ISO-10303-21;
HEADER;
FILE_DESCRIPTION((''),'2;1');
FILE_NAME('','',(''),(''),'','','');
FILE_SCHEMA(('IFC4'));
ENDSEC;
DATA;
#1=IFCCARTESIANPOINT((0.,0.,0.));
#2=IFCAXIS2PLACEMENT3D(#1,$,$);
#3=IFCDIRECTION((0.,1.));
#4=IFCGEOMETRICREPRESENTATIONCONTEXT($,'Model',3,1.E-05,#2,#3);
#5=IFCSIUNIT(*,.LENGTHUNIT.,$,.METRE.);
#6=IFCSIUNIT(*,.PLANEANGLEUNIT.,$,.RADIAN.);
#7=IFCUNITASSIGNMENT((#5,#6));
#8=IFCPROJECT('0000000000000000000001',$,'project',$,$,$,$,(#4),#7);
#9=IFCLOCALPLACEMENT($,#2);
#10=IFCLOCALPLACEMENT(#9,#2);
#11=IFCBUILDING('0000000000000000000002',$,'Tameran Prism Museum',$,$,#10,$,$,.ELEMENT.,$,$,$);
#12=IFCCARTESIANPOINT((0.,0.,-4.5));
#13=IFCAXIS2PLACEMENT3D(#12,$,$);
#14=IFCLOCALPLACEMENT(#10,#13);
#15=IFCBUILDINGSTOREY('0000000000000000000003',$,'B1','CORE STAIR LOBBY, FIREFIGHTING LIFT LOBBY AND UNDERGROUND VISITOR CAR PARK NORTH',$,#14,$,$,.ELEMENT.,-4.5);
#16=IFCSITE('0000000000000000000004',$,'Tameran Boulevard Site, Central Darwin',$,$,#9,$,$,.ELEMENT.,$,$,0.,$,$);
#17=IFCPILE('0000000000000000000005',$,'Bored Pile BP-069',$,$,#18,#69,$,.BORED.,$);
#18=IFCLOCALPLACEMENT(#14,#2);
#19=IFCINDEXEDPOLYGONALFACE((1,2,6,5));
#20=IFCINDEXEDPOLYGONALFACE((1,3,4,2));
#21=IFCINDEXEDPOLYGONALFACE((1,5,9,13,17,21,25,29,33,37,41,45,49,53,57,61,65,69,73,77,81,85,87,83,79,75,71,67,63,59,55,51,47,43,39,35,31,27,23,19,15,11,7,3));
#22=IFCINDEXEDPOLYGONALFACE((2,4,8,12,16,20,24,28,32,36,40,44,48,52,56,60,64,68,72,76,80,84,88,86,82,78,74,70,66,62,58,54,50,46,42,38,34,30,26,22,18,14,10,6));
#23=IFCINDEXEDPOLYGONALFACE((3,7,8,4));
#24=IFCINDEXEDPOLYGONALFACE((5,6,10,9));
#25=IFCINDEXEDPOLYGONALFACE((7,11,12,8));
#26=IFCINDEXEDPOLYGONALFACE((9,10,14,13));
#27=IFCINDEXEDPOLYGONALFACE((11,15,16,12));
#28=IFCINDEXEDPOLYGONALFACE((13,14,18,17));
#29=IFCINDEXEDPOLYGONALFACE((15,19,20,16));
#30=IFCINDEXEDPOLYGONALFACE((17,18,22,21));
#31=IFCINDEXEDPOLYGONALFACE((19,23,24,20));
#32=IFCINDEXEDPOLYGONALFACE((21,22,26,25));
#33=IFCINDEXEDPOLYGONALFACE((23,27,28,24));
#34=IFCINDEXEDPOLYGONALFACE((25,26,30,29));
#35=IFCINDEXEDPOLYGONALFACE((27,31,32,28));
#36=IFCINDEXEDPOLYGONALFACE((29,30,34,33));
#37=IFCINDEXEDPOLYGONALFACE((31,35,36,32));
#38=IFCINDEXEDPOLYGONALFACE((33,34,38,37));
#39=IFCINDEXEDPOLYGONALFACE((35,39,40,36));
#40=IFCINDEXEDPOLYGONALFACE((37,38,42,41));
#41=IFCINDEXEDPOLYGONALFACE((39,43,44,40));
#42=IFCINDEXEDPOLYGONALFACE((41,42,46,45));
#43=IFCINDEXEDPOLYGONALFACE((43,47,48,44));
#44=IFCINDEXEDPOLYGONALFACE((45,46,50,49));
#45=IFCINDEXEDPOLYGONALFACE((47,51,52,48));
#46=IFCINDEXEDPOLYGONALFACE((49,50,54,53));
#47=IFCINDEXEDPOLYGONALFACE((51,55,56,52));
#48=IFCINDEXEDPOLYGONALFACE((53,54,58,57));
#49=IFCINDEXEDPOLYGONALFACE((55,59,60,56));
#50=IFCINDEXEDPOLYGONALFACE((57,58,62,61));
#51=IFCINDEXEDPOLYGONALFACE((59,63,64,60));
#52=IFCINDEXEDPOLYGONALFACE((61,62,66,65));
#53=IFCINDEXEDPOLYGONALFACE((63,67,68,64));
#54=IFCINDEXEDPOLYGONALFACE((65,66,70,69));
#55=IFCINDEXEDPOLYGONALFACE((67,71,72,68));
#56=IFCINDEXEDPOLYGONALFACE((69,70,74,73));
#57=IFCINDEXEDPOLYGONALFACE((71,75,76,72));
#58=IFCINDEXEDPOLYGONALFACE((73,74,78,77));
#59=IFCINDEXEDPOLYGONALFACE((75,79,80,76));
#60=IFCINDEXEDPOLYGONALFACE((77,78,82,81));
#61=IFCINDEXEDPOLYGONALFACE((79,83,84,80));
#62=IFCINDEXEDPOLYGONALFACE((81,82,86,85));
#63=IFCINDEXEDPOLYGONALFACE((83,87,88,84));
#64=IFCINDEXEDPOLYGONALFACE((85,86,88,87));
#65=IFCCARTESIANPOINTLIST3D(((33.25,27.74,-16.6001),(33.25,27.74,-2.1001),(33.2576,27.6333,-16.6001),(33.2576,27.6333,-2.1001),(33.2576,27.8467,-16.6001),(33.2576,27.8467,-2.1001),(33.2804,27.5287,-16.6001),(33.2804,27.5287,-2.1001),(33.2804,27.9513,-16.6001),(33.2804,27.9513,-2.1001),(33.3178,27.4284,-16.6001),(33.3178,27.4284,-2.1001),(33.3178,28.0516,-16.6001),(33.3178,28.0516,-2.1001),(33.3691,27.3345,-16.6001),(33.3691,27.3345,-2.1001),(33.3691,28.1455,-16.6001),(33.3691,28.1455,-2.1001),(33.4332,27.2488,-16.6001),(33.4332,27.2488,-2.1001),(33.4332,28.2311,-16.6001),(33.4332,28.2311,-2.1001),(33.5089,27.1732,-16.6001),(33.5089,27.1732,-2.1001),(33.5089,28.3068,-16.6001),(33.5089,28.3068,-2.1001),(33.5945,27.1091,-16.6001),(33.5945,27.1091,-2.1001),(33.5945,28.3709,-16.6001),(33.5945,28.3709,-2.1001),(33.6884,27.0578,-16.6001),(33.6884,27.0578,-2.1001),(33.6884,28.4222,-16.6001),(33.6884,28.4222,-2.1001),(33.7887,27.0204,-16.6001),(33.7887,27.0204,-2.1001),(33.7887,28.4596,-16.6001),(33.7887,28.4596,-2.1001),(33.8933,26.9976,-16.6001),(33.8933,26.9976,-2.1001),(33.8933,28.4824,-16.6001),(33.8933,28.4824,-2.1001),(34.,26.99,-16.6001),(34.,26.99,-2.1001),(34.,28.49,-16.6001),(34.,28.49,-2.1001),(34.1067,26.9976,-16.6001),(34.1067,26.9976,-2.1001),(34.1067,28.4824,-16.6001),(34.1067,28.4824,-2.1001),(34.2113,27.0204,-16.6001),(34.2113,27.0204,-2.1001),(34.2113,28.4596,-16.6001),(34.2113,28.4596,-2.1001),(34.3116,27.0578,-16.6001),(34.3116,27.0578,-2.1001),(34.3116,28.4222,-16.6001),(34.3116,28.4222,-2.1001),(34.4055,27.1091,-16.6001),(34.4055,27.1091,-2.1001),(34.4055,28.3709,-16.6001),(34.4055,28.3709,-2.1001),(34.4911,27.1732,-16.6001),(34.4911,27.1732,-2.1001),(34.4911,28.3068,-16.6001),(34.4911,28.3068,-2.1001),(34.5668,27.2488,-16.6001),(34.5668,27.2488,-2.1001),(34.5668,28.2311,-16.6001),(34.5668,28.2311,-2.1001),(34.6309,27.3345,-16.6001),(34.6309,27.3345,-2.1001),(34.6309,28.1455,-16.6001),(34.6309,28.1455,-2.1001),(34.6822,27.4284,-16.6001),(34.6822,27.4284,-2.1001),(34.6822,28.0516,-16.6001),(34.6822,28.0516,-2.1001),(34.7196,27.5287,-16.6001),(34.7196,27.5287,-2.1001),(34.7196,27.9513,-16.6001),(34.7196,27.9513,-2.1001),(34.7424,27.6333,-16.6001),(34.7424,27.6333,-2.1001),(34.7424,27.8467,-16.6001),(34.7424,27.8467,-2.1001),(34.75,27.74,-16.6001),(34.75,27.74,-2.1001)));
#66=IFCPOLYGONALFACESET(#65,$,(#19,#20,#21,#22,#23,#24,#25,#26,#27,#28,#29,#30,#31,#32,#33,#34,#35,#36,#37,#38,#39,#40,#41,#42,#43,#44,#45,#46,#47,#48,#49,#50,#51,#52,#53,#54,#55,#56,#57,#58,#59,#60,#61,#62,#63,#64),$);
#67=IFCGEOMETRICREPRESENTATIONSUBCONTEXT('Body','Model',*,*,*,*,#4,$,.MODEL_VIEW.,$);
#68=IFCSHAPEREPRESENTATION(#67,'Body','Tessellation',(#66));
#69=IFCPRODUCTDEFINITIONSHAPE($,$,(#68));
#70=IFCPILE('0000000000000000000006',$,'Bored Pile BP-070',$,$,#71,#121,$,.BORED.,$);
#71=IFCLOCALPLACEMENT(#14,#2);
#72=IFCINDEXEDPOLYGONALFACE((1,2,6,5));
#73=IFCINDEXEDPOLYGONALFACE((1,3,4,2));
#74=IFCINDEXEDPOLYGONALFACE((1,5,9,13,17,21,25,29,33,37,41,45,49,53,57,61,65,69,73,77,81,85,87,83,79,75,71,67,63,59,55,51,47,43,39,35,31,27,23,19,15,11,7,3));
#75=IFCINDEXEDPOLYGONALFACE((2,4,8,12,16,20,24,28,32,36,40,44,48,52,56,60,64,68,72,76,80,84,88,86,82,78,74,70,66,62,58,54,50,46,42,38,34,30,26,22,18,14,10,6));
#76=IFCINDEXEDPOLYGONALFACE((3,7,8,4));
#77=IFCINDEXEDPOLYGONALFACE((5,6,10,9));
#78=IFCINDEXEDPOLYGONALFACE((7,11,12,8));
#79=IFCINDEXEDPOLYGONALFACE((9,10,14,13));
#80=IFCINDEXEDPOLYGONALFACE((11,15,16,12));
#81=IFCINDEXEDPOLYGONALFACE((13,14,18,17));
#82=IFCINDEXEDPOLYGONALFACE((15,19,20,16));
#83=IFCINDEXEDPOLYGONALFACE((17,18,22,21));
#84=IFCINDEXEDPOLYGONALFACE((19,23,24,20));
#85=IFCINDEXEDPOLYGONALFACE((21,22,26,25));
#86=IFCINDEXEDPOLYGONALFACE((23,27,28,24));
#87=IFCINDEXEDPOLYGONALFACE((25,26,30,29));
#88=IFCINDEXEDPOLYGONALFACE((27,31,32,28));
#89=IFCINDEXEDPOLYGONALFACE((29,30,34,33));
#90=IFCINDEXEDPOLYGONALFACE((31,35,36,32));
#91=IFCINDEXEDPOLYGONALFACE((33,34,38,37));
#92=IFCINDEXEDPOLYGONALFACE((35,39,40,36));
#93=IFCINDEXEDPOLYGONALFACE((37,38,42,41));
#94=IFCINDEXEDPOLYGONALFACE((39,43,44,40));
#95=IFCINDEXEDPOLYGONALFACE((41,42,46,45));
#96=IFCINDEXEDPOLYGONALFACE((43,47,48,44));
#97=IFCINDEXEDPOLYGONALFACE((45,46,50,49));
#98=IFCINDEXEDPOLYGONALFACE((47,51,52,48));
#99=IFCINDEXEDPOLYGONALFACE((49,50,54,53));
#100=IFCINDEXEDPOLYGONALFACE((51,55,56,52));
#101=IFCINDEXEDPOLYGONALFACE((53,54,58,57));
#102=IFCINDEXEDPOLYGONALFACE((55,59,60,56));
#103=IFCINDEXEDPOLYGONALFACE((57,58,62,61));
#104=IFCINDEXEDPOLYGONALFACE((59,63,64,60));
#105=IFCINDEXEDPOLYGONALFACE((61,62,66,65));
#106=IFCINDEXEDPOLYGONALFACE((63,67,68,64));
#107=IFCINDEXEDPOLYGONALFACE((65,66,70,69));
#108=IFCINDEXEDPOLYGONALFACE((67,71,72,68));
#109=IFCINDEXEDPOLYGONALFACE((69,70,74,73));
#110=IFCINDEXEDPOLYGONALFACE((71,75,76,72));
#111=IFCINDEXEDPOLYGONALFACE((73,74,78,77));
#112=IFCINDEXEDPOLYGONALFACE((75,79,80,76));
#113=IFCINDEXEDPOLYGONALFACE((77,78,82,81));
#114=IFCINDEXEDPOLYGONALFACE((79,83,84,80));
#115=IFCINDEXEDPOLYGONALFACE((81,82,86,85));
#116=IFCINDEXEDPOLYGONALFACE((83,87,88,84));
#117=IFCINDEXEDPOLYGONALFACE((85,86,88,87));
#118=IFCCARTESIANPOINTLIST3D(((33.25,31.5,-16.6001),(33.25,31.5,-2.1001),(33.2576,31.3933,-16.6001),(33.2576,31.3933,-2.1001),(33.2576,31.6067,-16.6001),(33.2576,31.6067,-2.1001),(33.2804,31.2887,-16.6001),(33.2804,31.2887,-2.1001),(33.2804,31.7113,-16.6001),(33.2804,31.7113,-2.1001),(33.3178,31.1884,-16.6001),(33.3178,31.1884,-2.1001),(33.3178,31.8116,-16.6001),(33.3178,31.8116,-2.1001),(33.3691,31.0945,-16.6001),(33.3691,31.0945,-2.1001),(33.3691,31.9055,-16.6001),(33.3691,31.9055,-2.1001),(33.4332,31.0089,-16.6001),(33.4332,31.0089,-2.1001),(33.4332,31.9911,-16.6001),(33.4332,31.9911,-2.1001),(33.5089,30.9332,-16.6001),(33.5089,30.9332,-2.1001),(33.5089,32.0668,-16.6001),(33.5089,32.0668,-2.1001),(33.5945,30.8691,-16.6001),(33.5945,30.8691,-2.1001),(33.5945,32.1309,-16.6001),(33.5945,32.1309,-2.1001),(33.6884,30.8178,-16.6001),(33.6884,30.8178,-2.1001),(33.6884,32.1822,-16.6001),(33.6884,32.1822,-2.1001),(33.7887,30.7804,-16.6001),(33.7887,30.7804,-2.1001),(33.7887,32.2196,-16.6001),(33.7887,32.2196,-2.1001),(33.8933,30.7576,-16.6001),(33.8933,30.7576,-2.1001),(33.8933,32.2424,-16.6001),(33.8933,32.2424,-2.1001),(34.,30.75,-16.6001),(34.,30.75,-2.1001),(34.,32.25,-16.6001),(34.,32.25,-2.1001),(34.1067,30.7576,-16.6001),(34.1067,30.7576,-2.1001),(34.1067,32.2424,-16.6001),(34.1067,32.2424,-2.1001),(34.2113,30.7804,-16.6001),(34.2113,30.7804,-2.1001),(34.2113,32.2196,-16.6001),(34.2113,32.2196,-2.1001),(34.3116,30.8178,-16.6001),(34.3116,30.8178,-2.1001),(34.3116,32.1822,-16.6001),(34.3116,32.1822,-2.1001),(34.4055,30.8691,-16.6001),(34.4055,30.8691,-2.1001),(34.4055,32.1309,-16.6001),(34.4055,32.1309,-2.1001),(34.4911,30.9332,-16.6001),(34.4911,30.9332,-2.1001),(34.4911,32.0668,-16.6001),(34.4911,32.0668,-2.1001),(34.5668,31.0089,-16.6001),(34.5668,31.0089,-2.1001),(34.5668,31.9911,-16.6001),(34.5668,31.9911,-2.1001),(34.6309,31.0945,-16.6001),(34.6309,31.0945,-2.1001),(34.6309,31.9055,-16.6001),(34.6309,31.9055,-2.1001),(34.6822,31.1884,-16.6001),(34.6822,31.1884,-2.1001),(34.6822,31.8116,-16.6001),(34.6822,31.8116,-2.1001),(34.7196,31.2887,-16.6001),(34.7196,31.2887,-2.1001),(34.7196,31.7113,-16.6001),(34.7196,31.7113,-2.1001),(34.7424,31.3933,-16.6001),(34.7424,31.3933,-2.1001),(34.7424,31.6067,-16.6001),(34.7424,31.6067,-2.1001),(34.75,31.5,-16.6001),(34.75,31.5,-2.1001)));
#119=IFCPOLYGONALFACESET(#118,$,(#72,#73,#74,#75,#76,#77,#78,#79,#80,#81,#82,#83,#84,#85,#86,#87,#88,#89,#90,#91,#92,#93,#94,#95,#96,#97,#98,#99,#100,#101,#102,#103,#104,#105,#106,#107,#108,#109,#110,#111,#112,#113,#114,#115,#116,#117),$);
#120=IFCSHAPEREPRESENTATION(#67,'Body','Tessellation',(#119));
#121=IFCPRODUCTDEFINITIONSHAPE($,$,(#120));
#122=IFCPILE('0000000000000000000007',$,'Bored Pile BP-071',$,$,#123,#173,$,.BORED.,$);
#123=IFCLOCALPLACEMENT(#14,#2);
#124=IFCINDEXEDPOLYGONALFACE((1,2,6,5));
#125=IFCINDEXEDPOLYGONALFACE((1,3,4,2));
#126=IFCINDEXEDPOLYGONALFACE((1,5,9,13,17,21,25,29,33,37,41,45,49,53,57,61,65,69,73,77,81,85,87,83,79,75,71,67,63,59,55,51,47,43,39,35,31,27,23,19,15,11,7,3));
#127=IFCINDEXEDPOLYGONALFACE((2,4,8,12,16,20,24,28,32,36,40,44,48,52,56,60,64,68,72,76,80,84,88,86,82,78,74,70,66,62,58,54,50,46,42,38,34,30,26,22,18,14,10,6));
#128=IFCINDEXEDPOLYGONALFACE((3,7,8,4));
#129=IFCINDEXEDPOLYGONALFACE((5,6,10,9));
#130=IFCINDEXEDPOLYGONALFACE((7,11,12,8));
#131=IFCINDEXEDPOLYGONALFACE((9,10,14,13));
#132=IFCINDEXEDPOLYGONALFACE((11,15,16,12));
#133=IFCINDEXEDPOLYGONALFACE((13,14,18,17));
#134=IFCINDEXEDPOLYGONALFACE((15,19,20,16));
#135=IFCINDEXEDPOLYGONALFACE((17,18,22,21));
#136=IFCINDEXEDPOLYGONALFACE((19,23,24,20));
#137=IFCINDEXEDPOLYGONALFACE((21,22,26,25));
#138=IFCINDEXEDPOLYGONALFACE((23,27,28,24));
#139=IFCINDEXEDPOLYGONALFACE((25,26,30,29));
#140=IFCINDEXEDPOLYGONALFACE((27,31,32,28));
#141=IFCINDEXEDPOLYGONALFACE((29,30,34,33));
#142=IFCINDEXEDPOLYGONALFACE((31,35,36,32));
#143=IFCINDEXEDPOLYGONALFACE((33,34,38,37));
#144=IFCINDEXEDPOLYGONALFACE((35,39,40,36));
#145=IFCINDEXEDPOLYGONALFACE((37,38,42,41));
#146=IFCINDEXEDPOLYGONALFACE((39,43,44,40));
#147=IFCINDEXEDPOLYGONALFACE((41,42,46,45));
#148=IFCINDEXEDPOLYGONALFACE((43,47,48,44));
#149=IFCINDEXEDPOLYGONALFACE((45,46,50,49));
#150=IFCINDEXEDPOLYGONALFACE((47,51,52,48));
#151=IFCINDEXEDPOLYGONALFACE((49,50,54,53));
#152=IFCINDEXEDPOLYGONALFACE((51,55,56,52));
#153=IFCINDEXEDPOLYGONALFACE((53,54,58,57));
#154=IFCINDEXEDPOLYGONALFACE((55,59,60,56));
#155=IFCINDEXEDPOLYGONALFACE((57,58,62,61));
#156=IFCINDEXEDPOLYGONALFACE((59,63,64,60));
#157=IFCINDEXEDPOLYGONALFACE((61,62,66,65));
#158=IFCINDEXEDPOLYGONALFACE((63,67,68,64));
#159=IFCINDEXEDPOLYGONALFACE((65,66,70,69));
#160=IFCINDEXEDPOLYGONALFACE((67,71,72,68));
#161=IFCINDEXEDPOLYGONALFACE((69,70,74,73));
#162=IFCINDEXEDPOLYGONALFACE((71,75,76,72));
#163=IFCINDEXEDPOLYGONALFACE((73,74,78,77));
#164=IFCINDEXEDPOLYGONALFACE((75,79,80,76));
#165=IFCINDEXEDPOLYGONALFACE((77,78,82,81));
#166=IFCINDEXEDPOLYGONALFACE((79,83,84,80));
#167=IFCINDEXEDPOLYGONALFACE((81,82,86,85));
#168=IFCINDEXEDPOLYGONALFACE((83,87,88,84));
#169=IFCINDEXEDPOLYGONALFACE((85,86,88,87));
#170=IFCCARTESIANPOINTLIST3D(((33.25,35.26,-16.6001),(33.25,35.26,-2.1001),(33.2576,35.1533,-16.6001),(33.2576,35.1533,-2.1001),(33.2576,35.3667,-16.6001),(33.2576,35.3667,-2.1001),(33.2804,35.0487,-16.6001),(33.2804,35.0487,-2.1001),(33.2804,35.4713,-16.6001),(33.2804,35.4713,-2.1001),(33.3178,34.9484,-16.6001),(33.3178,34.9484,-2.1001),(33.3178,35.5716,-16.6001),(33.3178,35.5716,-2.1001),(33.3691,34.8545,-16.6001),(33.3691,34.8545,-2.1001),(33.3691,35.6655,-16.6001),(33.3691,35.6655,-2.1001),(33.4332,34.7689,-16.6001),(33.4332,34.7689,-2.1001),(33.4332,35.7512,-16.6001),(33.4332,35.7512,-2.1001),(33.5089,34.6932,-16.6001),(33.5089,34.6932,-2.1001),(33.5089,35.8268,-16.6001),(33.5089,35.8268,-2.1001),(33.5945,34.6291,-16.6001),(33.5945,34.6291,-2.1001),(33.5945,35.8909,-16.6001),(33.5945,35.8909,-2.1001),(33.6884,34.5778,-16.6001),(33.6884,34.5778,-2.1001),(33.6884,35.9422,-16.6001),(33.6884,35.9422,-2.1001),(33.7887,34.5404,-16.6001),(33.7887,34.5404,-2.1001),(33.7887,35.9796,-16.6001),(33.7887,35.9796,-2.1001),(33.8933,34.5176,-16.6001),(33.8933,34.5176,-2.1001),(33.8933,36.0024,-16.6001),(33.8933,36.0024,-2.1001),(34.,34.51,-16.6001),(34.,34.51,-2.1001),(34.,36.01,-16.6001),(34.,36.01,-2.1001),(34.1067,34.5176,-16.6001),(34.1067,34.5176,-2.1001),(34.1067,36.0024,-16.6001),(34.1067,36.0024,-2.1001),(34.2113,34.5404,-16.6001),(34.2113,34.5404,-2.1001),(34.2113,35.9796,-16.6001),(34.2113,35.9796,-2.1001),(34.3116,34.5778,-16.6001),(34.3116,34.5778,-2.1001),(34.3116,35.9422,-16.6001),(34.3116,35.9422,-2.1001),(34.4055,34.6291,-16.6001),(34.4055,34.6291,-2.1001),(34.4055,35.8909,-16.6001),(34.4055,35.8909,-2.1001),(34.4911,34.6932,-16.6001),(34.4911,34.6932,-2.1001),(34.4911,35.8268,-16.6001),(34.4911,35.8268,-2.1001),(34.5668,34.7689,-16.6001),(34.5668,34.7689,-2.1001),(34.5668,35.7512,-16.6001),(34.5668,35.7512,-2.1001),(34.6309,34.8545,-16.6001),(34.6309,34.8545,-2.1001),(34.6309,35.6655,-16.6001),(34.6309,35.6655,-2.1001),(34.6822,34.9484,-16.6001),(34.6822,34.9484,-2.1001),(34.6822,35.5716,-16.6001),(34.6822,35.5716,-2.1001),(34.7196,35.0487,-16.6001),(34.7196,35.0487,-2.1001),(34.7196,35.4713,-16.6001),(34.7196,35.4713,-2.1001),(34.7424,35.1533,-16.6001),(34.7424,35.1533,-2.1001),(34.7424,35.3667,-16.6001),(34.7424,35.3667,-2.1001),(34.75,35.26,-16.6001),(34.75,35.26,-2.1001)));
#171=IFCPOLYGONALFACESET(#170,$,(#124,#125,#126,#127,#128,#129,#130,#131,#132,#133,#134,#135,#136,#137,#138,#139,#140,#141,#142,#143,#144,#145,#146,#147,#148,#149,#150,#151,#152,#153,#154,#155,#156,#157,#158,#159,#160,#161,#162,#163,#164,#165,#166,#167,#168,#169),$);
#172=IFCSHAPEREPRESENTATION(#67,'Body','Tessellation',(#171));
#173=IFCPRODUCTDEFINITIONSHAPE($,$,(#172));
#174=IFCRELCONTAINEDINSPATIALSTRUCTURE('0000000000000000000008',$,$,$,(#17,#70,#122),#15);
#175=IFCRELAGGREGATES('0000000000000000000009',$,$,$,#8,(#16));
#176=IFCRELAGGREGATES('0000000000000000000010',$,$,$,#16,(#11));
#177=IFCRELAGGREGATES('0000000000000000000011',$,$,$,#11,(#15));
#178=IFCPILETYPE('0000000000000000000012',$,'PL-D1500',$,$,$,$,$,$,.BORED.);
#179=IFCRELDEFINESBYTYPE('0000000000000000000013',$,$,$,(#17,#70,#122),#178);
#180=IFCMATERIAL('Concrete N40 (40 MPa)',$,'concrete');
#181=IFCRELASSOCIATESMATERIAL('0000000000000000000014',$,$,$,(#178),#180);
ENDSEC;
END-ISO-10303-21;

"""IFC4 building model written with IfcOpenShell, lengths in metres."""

from ifc_helpers import new_model, si_unit, direction, frame, origin, origin_2d, place, context, subcontext, project, spatial, circle, extrude, material, material_profile, profile_set, type_object, element, save


model = new_model("IFC4")

# Units and contexts
model_context = context("Model", 3, precision=1e-05, world=origin(), true_north=direction((0.0, 1.0)))
body_context = subcontext(model_context, "Body", "Model", "MODEL_VIEW")
ifc_project = project(units=[si_unit("LENGTHUNIT", "METRE"), si_unit("PLANEANGLEUNIT", "RADIAN")], contexts=[model_context])

# Site, building, storey
site_placement = place(None, origin())
site = spatial("IfcSite", under=ifc_project, at=site_placement, Name="Tameran Boulevard Site, Central Darwin", CompositionType="ELEMENT", RefElevation=0.0)
building_placement = place(site_placement, origin())
building = spatial("IfcBuilding", under=site, at=building_placement, Name="Tameran Prism Museum", CompositionType="ELEMENT")
storey_placement = place(building_placement, frame((0.0, 0.0, -4.5)))
storey = spatial("IfcBuildingStorey", under=building, at=storey_placement, Name="B1", Description="CORE STAIR LOBBY, FIREFIGHTING LIFT LOBBY AND UNDERGROUND VISITOR CAR PARK NORTH", CompositionType="ELEMENT", Elevation=-4.5)

# Piles
ifc_material_1 = material(Name="Concrete N40 (40 MPa)", Category="concrete")
ifc_material_profile_1 = material_profile(ifc_material_1, circle(Radius=0.75, at=origin_2d()))
ifc_profile_set_1 = profile_set([ifc_material_profile_1])
pile_type_1 = type_object("IfcPileType", Name="PL-D1500", PredefinedType="BORED", material=ifc_profile_set_1)
for number, where, z_axis, x_axis, name in (
    (1, (34.0, 27.74, -2.1001), (0.0, 0.0, -1.0), (1.0, 0.0, 0.0), "Bored Pile BP-069"),
    (2, (34.0, 31.5, -2.1001), (0.0, 0.0, -1.0), (1.0, 0.0, 0.0), "Bored Pile BP-070"),
    (3, (34.0, 35.26, -2.1001), (0.0, 0.0, -1.0), (1.0, 0.0, 0.0), "Bored Pile BP-071"),
):
    element("IfcPile", number, at=place(storey_placement, frame(where, z_axis=z_axis, x_axis=x_axis)), inside=storey, type_object=pile_type_1, Name=name, PredefinedType="BORED", context=body_context, shape_type="SweptSolid", body=[
        extrude(circle(Radius=0.75, at=origin_2d()), origin(), (0.0, 0.0, 1.0), 14.5),
    ])

save(model, "model.ifc")
